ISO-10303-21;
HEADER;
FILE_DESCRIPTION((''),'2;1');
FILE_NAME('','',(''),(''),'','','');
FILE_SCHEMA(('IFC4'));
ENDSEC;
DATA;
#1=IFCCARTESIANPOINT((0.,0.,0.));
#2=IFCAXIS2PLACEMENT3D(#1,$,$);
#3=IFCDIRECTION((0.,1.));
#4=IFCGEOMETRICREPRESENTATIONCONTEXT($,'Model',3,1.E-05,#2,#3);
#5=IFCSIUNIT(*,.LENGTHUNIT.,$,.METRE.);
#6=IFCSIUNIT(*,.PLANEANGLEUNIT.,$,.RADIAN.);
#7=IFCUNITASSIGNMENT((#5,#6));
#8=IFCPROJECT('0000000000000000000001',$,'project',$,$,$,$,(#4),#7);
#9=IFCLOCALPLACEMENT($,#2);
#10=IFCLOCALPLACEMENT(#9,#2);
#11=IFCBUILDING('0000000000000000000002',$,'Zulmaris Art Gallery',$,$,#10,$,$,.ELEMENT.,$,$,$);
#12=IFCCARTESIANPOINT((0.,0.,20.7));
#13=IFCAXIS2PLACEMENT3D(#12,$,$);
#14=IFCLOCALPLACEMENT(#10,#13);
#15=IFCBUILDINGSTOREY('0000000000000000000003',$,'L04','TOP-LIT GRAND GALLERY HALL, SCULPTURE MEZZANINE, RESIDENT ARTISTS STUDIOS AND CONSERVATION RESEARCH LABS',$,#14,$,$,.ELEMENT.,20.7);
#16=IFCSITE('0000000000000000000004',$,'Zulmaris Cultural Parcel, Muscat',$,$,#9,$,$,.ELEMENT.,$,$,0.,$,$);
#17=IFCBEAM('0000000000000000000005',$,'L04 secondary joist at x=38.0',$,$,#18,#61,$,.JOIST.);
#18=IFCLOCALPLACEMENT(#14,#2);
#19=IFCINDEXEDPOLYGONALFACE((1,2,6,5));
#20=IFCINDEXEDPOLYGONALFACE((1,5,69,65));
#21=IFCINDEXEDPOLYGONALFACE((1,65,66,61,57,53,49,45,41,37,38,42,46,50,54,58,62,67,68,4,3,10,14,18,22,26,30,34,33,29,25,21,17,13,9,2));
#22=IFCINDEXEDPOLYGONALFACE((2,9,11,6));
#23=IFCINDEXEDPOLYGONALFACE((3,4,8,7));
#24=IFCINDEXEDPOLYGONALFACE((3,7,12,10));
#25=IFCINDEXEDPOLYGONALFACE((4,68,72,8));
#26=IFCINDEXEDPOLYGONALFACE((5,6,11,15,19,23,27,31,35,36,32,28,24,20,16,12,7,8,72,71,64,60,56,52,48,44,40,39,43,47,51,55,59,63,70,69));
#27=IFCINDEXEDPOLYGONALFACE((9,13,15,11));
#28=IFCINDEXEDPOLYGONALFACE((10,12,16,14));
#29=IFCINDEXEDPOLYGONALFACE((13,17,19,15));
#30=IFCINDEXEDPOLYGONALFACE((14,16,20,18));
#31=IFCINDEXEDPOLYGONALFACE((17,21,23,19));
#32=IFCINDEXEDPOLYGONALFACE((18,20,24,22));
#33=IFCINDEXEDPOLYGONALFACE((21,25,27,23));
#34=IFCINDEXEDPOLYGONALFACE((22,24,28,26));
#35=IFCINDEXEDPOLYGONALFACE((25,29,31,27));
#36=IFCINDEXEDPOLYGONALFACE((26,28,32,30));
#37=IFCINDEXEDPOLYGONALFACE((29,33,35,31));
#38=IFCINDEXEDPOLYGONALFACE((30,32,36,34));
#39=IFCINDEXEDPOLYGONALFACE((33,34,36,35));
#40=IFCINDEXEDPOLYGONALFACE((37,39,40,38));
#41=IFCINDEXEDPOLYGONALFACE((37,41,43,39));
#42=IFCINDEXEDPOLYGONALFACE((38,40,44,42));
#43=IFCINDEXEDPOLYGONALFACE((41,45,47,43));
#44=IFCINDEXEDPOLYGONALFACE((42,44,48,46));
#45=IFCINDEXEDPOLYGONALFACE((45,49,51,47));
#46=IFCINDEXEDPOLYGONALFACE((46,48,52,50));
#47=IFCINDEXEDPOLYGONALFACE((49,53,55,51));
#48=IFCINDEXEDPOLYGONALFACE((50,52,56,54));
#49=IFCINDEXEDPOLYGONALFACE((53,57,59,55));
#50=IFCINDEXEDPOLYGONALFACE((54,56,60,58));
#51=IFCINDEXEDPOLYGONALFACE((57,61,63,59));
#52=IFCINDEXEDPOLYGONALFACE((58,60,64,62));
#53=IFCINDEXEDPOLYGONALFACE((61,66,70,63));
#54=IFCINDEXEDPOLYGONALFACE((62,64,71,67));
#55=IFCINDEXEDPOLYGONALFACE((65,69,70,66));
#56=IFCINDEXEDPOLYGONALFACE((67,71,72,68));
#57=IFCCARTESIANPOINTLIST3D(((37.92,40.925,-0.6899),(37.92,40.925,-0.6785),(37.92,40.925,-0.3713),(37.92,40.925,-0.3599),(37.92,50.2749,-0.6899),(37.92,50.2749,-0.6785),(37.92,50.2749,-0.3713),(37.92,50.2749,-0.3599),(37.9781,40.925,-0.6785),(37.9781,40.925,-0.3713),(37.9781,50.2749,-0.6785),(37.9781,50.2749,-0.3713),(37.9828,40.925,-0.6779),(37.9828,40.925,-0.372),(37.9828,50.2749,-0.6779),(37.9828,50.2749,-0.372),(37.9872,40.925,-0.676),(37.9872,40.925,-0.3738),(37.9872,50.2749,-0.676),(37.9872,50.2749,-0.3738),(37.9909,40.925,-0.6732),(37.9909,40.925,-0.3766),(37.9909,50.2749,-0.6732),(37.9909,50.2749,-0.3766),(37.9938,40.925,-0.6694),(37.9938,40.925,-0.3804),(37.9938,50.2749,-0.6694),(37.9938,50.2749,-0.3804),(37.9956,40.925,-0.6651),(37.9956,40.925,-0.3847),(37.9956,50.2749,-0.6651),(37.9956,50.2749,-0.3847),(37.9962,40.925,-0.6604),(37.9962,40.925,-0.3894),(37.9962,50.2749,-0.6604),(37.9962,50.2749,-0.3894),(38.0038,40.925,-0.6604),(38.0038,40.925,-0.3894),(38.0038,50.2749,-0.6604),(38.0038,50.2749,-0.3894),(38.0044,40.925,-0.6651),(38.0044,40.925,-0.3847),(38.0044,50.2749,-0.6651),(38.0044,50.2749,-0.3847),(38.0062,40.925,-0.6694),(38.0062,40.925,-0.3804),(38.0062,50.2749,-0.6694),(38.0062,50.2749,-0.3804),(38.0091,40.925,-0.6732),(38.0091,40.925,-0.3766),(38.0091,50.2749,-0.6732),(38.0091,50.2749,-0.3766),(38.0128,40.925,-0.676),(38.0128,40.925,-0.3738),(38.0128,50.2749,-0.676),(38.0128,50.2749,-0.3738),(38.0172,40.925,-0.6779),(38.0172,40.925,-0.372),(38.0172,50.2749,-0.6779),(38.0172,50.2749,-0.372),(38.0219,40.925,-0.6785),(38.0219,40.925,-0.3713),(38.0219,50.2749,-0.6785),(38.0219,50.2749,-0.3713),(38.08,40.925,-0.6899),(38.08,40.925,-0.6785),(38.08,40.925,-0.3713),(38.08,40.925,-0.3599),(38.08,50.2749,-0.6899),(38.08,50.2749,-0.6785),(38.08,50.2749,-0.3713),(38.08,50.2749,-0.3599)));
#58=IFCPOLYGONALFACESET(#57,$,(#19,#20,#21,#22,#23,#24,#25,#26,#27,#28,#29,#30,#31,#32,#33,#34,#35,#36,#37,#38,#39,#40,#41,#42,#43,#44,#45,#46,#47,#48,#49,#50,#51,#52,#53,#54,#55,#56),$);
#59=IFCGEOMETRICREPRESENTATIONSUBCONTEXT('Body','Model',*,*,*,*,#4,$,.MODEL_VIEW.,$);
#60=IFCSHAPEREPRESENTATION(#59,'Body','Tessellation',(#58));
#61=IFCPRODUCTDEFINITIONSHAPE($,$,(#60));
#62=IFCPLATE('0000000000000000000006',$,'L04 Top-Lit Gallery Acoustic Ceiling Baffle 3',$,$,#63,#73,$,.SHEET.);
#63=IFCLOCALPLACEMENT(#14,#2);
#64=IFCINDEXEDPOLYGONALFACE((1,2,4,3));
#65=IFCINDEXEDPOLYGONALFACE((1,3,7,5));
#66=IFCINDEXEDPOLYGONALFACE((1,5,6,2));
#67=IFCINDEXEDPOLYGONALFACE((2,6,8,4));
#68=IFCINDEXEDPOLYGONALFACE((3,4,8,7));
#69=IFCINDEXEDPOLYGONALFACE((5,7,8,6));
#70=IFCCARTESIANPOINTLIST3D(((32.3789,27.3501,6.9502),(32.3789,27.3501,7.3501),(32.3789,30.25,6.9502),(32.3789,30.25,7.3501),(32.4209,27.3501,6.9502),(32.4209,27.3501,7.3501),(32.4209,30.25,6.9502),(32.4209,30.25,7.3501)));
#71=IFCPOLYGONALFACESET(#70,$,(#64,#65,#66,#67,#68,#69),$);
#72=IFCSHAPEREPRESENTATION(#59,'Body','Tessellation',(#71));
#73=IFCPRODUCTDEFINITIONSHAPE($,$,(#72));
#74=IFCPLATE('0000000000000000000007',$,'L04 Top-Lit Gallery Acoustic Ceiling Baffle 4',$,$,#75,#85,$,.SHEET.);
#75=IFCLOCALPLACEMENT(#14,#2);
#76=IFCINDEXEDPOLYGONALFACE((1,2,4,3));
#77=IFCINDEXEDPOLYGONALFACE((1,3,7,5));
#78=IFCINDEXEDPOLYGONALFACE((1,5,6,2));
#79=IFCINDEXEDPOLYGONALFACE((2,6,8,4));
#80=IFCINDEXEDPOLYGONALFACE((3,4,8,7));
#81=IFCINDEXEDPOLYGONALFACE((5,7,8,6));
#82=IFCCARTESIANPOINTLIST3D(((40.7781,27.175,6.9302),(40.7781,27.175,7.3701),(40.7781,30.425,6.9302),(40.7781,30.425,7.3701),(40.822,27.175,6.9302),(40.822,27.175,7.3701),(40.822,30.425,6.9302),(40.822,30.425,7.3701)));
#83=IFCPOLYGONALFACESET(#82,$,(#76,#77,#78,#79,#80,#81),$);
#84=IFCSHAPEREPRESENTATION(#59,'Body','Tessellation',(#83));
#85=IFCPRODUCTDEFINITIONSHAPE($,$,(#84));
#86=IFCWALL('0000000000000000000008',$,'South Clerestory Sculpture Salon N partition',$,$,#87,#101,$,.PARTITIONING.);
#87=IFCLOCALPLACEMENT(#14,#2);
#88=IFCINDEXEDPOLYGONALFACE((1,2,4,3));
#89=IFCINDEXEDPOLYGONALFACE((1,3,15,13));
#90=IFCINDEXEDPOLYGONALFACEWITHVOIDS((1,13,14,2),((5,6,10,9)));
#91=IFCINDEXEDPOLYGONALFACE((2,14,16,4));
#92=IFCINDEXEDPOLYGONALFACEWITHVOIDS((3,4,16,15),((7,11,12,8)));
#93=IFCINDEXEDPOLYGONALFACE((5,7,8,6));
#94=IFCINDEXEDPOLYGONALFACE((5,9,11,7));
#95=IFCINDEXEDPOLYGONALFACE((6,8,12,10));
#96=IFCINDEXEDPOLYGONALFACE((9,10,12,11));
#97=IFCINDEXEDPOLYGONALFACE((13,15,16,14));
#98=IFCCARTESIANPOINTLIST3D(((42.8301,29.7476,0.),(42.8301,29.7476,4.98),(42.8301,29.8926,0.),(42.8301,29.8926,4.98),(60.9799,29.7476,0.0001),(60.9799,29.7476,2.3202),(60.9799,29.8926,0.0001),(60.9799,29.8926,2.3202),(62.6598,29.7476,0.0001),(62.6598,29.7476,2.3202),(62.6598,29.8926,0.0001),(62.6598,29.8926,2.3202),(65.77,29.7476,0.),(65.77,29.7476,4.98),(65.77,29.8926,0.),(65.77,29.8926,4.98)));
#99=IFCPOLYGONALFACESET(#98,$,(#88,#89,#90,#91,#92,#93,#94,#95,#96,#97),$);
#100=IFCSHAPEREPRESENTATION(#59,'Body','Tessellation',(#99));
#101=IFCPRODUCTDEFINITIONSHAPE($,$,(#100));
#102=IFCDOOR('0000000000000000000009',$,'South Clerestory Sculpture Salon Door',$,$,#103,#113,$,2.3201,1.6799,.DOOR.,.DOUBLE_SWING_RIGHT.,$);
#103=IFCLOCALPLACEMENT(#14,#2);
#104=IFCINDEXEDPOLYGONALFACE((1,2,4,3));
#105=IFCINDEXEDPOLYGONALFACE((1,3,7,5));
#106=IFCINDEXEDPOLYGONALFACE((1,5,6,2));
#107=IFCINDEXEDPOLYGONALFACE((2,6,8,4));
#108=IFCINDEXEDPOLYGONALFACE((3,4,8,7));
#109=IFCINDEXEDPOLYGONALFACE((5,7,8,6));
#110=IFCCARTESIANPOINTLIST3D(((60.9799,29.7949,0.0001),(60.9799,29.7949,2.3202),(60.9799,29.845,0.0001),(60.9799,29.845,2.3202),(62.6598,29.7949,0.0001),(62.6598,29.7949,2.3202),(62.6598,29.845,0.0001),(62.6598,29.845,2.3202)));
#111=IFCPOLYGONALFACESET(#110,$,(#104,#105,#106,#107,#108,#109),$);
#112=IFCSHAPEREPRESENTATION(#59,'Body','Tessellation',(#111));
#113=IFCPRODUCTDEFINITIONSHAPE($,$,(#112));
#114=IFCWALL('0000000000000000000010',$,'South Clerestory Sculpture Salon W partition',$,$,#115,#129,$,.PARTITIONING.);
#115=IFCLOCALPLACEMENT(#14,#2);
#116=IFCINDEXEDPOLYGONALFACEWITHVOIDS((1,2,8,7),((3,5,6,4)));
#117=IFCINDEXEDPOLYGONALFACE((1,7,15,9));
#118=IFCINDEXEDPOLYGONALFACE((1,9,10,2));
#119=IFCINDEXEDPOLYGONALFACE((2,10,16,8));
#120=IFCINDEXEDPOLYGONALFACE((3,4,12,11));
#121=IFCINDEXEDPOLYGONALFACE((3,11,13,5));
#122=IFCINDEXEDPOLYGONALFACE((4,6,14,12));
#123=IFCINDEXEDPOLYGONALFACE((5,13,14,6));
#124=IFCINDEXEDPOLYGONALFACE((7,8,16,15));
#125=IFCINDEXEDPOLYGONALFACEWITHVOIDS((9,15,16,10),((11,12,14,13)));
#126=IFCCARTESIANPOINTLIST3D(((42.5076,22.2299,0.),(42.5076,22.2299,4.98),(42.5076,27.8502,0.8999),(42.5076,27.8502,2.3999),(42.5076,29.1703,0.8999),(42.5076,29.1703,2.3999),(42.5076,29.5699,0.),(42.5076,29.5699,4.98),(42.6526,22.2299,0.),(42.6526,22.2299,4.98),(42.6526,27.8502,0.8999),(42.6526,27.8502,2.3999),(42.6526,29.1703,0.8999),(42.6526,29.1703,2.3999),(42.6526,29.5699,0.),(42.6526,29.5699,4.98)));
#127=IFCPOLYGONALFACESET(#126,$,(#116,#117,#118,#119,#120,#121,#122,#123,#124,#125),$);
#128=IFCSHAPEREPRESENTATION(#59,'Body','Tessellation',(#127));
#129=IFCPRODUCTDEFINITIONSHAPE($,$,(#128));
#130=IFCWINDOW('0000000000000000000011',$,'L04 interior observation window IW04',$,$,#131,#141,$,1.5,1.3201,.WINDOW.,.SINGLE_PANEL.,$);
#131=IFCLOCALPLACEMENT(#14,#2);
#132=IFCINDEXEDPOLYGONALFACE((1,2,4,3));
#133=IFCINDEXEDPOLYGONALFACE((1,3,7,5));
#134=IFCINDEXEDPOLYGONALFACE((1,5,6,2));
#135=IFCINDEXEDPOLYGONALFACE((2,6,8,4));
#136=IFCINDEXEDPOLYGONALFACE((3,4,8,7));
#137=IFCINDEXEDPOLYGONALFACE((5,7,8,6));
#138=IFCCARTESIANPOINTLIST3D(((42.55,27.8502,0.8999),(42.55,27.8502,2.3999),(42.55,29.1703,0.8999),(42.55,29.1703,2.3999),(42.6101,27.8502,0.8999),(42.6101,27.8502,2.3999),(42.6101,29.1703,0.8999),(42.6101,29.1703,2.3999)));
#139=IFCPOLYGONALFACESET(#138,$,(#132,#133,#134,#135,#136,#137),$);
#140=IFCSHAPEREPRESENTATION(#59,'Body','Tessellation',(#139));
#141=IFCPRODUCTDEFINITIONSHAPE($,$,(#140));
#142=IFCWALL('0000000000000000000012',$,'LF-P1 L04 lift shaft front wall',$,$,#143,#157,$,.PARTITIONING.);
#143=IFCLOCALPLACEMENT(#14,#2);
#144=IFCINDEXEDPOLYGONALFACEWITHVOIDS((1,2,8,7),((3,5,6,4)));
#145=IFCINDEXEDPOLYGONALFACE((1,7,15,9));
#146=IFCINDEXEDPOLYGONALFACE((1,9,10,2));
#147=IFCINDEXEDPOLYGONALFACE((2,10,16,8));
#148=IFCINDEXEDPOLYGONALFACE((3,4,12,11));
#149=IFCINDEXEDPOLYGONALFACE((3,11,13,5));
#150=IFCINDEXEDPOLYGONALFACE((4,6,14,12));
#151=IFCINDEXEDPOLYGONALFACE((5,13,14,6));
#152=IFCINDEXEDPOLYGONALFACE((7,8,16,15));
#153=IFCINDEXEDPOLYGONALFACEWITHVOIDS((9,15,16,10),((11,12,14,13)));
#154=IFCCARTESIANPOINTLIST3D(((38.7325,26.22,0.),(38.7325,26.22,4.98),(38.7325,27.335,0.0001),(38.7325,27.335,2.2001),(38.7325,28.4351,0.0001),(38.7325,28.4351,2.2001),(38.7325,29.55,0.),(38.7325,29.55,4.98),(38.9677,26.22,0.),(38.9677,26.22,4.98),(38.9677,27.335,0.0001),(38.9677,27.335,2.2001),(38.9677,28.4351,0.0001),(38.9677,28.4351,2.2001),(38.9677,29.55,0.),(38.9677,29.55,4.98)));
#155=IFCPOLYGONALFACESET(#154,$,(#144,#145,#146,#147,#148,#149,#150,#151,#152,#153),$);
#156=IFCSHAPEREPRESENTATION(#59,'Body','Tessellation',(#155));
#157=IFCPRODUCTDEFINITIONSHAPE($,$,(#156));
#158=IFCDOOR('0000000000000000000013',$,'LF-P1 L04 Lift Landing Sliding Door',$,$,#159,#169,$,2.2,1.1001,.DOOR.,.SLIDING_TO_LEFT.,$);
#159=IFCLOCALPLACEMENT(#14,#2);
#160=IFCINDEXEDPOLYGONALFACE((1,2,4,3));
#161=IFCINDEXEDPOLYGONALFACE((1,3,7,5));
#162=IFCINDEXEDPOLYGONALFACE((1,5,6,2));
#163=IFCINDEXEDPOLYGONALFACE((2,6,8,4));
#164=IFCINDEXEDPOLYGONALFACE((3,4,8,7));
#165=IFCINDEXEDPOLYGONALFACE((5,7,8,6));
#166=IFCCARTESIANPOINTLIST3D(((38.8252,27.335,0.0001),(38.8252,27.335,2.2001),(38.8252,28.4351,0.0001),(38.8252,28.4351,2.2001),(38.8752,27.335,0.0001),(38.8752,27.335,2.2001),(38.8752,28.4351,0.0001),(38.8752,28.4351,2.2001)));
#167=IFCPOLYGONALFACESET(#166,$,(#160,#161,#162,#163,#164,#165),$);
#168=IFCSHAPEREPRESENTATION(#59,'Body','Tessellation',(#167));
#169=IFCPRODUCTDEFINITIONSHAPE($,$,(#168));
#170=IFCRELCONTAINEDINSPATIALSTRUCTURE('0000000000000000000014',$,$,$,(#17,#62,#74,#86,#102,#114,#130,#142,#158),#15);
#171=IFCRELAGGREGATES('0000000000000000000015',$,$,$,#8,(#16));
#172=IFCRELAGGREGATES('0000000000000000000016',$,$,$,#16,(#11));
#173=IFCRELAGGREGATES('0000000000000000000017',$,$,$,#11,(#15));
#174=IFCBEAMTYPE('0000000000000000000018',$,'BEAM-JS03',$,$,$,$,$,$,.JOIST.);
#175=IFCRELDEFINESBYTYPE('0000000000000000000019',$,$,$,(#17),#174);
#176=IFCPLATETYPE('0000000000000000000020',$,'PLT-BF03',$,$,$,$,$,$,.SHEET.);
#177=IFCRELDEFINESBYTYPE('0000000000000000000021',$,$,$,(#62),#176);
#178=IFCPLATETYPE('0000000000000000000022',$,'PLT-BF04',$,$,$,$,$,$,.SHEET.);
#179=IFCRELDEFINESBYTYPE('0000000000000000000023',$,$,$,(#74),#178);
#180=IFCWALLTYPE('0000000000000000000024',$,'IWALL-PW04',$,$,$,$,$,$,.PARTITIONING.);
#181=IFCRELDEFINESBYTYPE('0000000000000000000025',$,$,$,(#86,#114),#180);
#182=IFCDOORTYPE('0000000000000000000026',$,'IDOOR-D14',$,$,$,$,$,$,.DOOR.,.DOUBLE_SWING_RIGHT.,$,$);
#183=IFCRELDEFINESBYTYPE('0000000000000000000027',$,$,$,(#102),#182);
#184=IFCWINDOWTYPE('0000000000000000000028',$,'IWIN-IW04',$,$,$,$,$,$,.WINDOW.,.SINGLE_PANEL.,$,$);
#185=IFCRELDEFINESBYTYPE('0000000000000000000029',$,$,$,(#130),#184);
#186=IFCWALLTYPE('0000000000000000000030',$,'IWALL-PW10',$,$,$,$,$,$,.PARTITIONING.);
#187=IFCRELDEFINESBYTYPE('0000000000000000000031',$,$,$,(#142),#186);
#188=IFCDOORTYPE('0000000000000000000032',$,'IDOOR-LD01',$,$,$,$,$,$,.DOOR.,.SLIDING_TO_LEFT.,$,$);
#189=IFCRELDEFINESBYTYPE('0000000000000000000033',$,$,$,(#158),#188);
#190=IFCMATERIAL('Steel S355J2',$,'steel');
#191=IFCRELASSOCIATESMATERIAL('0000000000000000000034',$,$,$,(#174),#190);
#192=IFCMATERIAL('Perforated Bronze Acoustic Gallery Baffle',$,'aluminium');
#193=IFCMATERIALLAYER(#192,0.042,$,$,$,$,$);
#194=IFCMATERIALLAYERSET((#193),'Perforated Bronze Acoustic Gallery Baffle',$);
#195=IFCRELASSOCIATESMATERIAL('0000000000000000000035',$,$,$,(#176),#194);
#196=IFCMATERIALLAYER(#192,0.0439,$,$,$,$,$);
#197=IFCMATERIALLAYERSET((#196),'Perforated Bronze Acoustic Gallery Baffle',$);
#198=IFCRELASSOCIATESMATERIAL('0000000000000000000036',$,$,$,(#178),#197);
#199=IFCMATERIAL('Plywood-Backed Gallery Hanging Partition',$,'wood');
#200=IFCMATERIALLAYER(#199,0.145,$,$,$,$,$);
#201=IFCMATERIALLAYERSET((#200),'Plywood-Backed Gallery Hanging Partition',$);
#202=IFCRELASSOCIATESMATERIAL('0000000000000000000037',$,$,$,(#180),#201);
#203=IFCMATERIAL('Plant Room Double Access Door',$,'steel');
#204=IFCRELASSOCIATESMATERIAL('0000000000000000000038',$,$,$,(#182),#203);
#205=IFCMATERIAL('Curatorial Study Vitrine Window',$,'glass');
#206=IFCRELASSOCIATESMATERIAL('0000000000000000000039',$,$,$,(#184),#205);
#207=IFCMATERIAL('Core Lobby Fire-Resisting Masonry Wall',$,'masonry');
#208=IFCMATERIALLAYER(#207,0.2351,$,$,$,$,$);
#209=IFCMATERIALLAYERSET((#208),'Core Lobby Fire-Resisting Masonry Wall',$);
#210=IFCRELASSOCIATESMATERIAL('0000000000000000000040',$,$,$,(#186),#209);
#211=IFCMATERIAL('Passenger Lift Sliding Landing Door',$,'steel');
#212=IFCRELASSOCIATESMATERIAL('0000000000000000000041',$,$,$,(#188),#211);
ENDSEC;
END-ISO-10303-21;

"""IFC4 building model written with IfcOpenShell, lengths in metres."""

from ifc_helpers import new_model, si_unit, direction, frame, frame_2d, origin, origin_2d, place, context, subcontext, project, spatial, rectangle, i_section, extrude, material, layer, layer_set, material_profile, profile_set, type_object, element, fill, save


model = new_model("IFC4")

# Units and contexts
model_context = context("Model", 3, precision=1e-05, world=origin(), true_north=direction((0.0, 1.0)))
body_context = subcontext(model_context, "Body", "Model", "MODEL_VIEW")
ifc_project = project(units=[si_unit("LENGTHUNIT", "METRE"), si_unit("PLANEANGLEUNIT", "RADIAN")], contexts=[model_context])

# Site, building, storey
site_placement = place(None, origin())
site = spatial("IfcSite", under=ifc_project, at=site_placement, Name="Zulmaris Cultural Parcel, Muscat", CompositionType="ELEMENT", RefElevation=0.0)
building_placement = place(site_placement, origin())
building = spatial("IfcBuilding", under=site, at=building_placement, Name="Zulmaris Art Gallery", CompositionType="ELEMENT")
storey_placement = place(building_placement, frame((0.0, 0.0, 20.7)))
storey = spatial("IfcBuildingStorey", under=building, at=storey_placement, Name="L04", Description="TOP-LIT GRAND GALLERY HALL, SCULPTURE MEZZANINE, RESIDENT ARTISTS STUDIOS AND CONSERVATION RESEARCH LABS", CompositionType="ELEMENT", Elevation=20.7)

# Beam
ifc_material_1 = material(Name="Steel S355J2", Category="steel")
ifc_material_profile_1 = material_profile(ifc_material_1, i_section(OverallWidth=0.1599, OverallDepth=0.3301, WebThickness=0.0076, FlangeThickness=0.0115, FilletRadius=0.0181, at=origin_2d()), Name="IPE 330")
ifc_profile_set_1 = profile_set([ifc_material_profile_1], Name="Steel S355J2")
beam_type_1 = type_object("IfcBeamType", Name="BEAM-JS03", PredefinedType="JOIST", material=ifc_profile_set_1)
beam_1_placement = place(storey_placement, frame((38.0, 40.925, -0.5249), z_axis=(0.0, 1.0, 0.0), x_axis=(-1.0, 0.0, 0.0)))
element("IfcBeam", 1, at=beam_1_placement, inside=storey, type_object=beam_type_1, Name="L04 secondary joist at x=38.0", PredefinedType="JOIST", context=body_context, shape_type="SweptSolid", body=[
    extrude(i_section(OverallWidth=0.1599, OverallDepth=0.3301, WebThickness=0.0076, FlangeThickness=0.0115, FilletRadius=0.0181, at=origin_2d()), origin(), (0.0, 0.0, 1.0), 9.3499),
])

# Plates
ifc_material_2 = material(Name="Perforated Bronze Acoustic Gallery Baffle", Category="aluminium")
ifc_layer_1 = layer(ifc_material_2, 0.042)
ifc_layer_set_1 = layer_set([ifc_layer_1], Name="Perforated Bronze Acoustic Gallery Baffle")
plate_type_1 = type_object("IfcPlateType", Name="PLT-BF03", PredefinedType="SHEET", material=ifc_layer_set_1)
plate_1_placement = place(storey_placement, frame((32.3999, 28.8, 6.9502), z_axis=(0.0, 0.0, 1.0), x_axis=(1.0, 0.0, 0.0)))
element("IfcPlate", 2, at=plate_1_placement, inside=storey, type_object=plate_type_1, Name="L04 Top-Lit Gallery Acoustic Ceiling Baffle 3", PredefinedType="SHEET", context=body_context, shape_type="SweptSolid", body=[
    extrude(rectangle(XDim=0.042, YDim=2.8999, at=origin_2d()), origin(), (0.0, 0.0, 1.0), 0.3999),
])
ifc_layer_2 = layer(ifc_material_2, 0.0439)
ifc_layer_set_2 = layer_set([ifc_layer_2], Name="Perforated Bronze Acoustic Gallery Baffle")
plate_type_2 = type_object("IfcPlateType", Name="PLT-BF04", PredefinedType="SHEET", material=ifc_layer_set_2)
plate_2_placement = place(storey_placement, frame((40.8, 28.8, 6.9302), z_axis=(0.0, 0.0, 1.0), x_axis=(1.0, 0.0, 0.0)))
element("IfcPlate", 3, at=plate_2_placement, inside=storey, type_object=plate_type_2, Name="L04 Top-Lit Gallery Acoustic Ceiling Baffle 4", PredefinedType="SHEET", context=body_context, shape_type="SweptSolid", body=[
    extrude(rectangle(XDim=0.0439, YDim=3.25, at=origin_2d()), origin(), (0.0, 0.0, 1.0), 0.4399),
])

# Wall, opening, door
ifc_material_3 = material(Name="Plywood-Backed Gallery Hanging Partition", Category="wood")
ifc_layer_3 = layer(ifc_material_3, 0.145)
ifc_layer_set_3 = layer_set([ifc_layer_3], Name="Plywood-Backed Gallery Hanging Partition")
wall_type_1 = type_object("IfcWallType", Name="IWALL-PW04", PredefinedType="PARTITIONING", material=ifc_layer_set_3)
wall_1_placement = place(storey_placement, frame((42.8301, 29.8201, 0.0), z_axis=(0.0, 0.0, 1.0), x_axis=(1.0, 0.0, 0.0)))
wall_1 = element("IfcWall", 4, at=wall_1_placement, inside=storey, type_object=wall_type_1, Name="South Clerestory Sculpture Salon N partition", PredefinedType="PARTITIONING", context=body_context, shape_type="SweptSolid", body=[
    extrude(rectangle(XDim=22.9399, YDim=0.145, at=frame_2d((11.47, 0.0))), origin(), (0.0, 0.0, 1.0), 4.98),
])
opening_1_placement = place(wall_1_placement, frame((18.1499, 0.0, 0.0)))
opening_1 = element("IfcOpeningElement", 5, at=opening_1_placement, cuts=wall_1, PredefinedType="OPENING", context=body_context, shape_type="SweptSolid", body=[
    extrude(rectangle(XDim=1.6799, YDim=2.3201, at=frame_2d((0.8398, 1.1602))), frame((0.0, 0.0825, 0.0), z_axis=(0.0, -1.0, 0.0), x_axis=(1.0, 0.0, 0.0)), (0.0, 0.0, 1.0), 0.165),
])
ifc_material_4 = material(Name="Plant Room Double Access Door", Category="steel")
door_type_1 = type_object("IfcDoorType", Name="IDOOR-D14", OperationType="DOUBLE_SWING_RIGHT", PredefinedType="DOOR", material=ifc_material_4)
door_1_placement = place(opening_1_placement, origin())
door_1 = element("IfcDoor", 6, at=door_1_placement, inside=storey, type_object=door_type_1, Name="South Clerestory Sculpture Salon Door", OperationType="DOUBLE_SWING_RIGHT", OverallHeight=2.3201, OverallWidth=1.6799, PredefinedType="DOOR", context=body_context, shape_type="SweptSolid", body=[
    extrude(rectangle(XDim=1.6799, YDim=2.3201, at=frame_2d((0.8398, 1.1602))), frame((0.0, 0.0249, 0.0), z_axis=(0.0, -1.0, 0.0), x_axis=(1.0, 0.0, 0.0)), (0.0, 0.0, 1.0), 0.05),
])
fill(opening_1, door_1)

# Wall, opening, window
wall_2_placement = place(storey_placement, frame((42.5801, 22.23, 0.0), z_axis=(0.0, 0.0, 1.0), x_axis=(0.0, 1.0, 0.0)))
wall_2 = element("IfcWall", 7, at=wall_2_placement, inside=storey, type_object=wall_type_1, Name="South Clerestory Sculpture Salon W partition", PredefinedType="PARTITIONING", context=body_context, shape_type="SweptSolid", body=[
    extrude(rectangle(XDim=7.3401, YDim=0.145, at=frame_2d((3.6699, 0.0))), origin(), (0.0, 0.0, 1.0), 4.98),
])
opening_2_placement = place(wall_2_placement, frame((5.6201, 0.0, 0.8999)))
opening_2 = element("IfcOpeningElement", 8, at=opening_2_placement, cuts=wall_2, PredefinedType="OPENING", context=body_context, shape_type="SweptSolid", body=[
    extrude(rectangle(XDim=1.3201, YDim=1.5, at=frame_2d((0.6602, 0.75))), frame((0.0, 0.0825, 0.0), z_axis=(0.0, -1.0, 0.0), x_axis=(1.0, 0.0, 0.0)), (0.0, 0.0, 1.0), 0.165),
])
ifc_material_5 = material(Name="Curatorial Study Vitrine Window", Category="glass")
window_type = type_object("IfcWindowType", Name="IWIN-IW04", PartitioningType="SINGLE_PANEL", PredefinedType="WINDOW", material=ifc_material_5)
window_placement = place(opening_2_placement, origin())
window = element("IfcWindow", 9, at=window_placement, inside=storey, type_object=window_type, Name="L04 interior observation window IW04", OverallHeight=1.5, OverallWidth=1.3201, PartitioningType="SINGLE_PANEL", PredefinedType="WINDOW", context=body_context, shape_type="SweptSolid", body=[
    extrude(rectangle(XDim=1.3201, YDim=1.5, at=frame_2d((0.6602, 0.75))), frame((0.0, 0.03, 0.0), z_axis=(0.0, -1.0, 0.0), x_axis=(1.0, 0.0, 0.0)), (0.0, 0.0, 1.0), 0.0601),
])
fill(opening_2, window)

# Wall, opening, door
ifc_material_6 = material(Name="Core Lobby Fire-Resisting Masonry Wall", Category="masonry")
ifc_layer_4 = layer(ifc_material_6, 0.2351)
ifc_layer_set_4 = layer_set([ifc_layer_4], Name="Core Lobby Fire-Resisting Masonry Wall")
wall_type_2 = type_object("IfcWallType", Name="IWALL-PW10", PredefinedType="PARTITIONING", material=ifc_layer_set_4)
wall_3_placement = place(storey_placement, frame((38.8501, 26.22, 0.0), z_axis=(0.0, 0.0, 1.0), x_axis=(0.0, 1.0, 0.0)))
wall_3 = element("IfcWall", 10, at=wall_3_placement, inside=storey, type_object=wall_type_2, Name="LF-P1 L04 lift shaft front wall", PredefinedType="PARTITIONING", context=body_context, shape_type="SweptSolid", body=[
    extrude(rectangle(XDim=3.3301, YDim=0.2351, at=frame_2d((1.665, 0.0))), origin(), (0.0, 0.0, 1.0), 4.98),
])
opening_3_placement = place(wall_3_placement, frame((1.115, 0.0, 0.0)))
opening_3 = element("IfcOpeningElement", 11, at=opening_3_placement, cuts=wall_3, PredefinedType="OPENING", context=body_context, shape_type="SweptSolid", body=[
    extrude(rectangle(XDim=1.1001, YDim=2.2, at=frame_2d((0.55, 1.1001))), frame((0.0, 0.1274, 0.0), z_axis=(0.0, -1.0, 0.0), x_axis=(1.0, 0.0, 0.0)), (0.0, 0.0, 1.0), 0.2551),
])
ifc_material_7 = material(Name="Passenger Lift Sliding Landing Door", Category="steel")
door_type_2 = type_object("IfcDoorType", Name="IDOOR-LD01", OperationType="SLIDING_TO_LEFT", PredefinedType="DOOR", material=ifc_material_7)
door_2_placement = place(opening_3_placement, origin())
door_2 = element("IfcDoor", 12, at=door_2_placement, inside=storey, type_object=door_type_2, Name="LF-P1 L04 Lift Landing Sliding Door", OperationType="SLIDING_TO_LEFT", OverallHeight=2.2, OverallWidth=1.1001, PredefinedType="DOOR", context=body_context, shape_type="SweptSolid", body=[
    extrude(rectangle(XDim=1.1001, YDim=2.2, at=frame_2d((0.55, 1.1001))), frame((0.0, 0.0249, 0.0), z_axis=(0.0, -1.0, 0.0), x_axis=(1.0, 0.0, 0.0)), (0.0, 0.0, 1.0), 0.05),
])
fill(opening_3, door_2)

save(model, "model.ifc")
